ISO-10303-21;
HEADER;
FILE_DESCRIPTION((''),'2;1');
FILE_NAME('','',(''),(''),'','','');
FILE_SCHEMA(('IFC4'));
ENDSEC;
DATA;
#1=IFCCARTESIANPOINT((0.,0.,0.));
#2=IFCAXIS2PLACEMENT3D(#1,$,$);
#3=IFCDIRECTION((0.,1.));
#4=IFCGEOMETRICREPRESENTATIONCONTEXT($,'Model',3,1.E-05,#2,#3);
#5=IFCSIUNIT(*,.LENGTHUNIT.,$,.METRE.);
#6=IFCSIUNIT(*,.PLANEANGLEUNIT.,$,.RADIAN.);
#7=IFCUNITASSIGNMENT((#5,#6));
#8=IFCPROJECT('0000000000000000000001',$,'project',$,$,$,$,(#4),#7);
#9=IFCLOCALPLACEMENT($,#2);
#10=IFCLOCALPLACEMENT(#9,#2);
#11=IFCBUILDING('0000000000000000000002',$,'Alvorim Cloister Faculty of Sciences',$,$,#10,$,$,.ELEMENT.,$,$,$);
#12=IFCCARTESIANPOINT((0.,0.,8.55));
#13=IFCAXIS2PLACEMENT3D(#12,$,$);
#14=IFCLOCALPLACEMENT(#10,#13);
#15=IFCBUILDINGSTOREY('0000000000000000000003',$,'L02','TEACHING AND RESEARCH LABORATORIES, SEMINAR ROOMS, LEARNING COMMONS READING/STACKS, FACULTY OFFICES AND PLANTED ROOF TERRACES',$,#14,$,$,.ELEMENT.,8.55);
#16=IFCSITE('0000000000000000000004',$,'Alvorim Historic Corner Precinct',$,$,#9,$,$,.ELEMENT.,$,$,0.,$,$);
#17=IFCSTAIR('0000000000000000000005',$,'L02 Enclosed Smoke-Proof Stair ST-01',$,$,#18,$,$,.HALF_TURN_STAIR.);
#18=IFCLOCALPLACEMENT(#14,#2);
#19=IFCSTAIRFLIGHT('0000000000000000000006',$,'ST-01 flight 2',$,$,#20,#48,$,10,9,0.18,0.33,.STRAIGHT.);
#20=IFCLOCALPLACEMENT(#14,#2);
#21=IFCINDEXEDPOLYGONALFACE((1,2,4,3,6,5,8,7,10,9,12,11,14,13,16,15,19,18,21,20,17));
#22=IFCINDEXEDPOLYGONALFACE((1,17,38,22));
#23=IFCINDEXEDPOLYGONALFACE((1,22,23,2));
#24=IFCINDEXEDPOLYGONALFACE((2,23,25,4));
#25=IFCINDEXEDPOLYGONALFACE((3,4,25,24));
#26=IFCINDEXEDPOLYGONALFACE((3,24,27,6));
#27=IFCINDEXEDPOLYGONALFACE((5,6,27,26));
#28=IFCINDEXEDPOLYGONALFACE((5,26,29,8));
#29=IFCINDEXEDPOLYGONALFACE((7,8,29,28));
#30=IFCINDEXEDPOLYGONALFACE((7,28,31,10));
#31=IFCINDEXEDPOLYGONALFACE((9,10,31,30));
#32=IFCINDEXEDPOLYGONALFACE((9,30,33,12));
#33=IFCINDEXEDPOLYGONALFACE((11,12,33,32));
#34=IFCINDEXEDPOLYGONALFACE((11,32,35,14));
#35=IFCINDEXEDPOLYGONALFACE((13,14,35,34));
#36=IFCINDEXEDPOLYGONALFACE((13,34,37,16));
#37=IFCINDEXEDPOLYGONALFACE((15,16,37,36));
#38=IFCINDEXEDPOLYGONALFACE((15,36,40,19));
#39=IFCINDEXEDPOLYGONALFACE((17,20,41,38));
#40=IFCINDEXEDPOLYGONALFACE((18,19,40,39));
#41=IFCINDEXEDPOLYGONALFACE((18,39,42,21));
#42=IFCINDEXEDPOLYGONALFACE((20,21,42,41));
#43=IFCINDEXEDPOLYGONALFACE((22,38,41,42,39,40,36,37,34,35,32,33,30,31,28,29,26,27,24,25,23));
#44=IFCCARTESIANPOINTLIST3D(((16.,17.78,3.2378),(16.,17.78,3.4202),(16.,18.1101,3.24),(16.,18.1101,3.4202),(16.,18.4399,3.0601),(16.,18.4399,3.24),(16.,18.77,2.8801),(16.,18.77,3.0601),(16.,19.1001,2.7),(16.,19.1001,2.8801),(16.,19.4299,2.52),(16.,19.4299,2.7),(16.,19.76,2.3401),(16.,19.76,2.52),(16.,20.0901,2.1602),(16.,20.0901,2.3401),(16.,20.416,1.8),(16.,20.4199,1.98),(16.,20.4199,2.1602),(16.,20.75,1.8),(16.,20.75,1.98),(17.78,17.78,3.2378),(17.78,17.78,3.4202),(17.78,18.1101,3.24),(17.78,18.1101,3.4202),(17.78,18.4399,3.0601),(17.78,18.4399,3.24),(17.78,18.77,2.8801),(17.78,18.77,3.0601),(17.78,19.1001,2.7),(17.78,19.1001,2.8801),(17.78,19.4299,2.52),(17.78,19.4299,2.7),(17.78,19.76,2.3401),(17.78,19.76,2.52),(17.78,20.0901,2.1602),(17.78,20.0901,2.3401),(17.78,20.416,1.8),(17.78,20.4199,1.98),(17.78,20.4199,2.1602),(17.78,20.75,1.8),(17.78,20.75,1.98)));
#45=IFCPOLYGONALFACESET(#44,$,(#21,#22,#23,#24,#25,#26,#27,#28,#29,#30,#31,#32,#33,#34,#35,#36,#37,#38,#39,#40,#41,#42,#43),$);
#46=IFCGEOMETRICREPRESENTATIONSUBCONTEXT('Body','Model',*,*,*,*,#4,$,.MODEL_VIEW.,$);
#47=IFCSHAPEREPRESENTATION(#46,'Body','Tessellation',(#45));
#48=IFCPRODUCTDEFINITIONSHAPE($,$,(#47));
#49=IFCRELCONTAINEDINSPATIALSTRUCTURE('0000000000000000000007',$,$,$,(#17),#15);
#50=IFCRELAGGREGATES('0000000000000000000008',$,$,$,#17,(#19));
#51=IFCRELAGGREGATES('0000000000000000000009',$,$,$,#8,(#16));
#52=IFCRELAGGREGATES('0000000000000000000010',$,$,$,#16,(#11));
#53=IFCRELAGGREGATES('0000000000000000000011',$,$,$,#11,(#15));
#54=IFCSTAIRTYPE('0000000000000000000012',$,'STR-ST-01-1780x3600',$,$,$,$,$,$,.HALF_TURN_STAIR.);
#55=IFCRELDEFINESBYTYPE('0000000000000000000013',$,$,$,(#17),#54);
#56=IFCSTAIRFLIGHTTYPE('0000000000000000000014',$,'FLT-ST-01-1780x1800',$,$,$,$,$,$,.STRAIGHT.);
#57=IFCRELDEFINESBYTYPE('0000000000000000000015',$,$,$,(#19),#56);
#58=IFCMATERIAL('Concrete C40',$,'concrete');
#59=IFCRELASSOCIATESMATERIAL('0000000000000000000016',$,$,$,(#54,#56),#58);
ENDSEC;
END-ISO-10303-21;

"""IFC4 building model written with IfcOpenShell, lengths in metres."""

from ifc_helpers import new_model, si_unit, direction, frame, origin, place, context, subcontext, project, spatial, polyline, outline, extrude, material, type_object, element, aggregate, save


model = new_model("IFC4")

# Units and contexts
model_context = context("Model", 3, precision=1e-05, world=origin(), true_north=direction((0.0, 1.0)))
body_context = subcontext(model_context, "Body", "Model", "MODEL_VIEW")
ifc_project = project(units=[si_unit("LENGTHUNIT", "METRE"), si_unit("PLANEANGLEUNIT", "RADIAN")], contexts=[model_context])

# Site, building, storey
site_placement = place(None, origin())
site = spatial("IfcSite", under=ifc_project, at=site_placement, Name="Alvorim Historic Corner Precinct", CompositionType="ELEMENT", RefElevation=0.0)
building_placement = place(site_placement, origin())
building = spatial("IfcBuilding", under=site, at=building_placement, Name="Alvorim Cloister Faculty of Sciences", CompositionType="ELEMENT")
storey_placement = place(building_placement, frame((0.0, 0.0, 8.55)))
storey = spatial("IfcBuildingStorey", under=building, at=storey_placement, Name="L02", Description="TEACHING AND RESEARCH LABORATORIES, SEMINAR ROOMS, LEARNING COMMONS READING/STACKS, FACULTY OFFICES AND PLANTED ROOF TERRACES", CompositionType="ELEMENT", Elevation=8.55)

# Shared definitions
ifc_material_1 = material(Name="Concrete C40", Category="concrete")

# Stair, stair flight
stair_type = type_object("IfcStairType", Name="STR-ST-01-1780x3600", PredefinedType="HALF_TURN_STAIR", material=ifc_material_1)
stair_placement = place(storey_placement, origin())
stair = element("IfcStair", 1, at=stair_placement, inside=storey, type_object=stair_type, Name="L02 Enclosed Smoke-Proof Stair ST-01", PredefinedType="HALF_TURN_STAIR")
stair_flight_type = type_object("IfcStairFlightType", Name="FLT-ST-01-1780x1800", PredefinedType="STRAIGHT", material=ifc_material_1)
stair_flight_placement = place(storey_placement, frame((16.8899, 20.75, 1.8), z_axis=(0.0, 0.0, 1.0), x_axis=(0.0, -1.0, 0.0)))
stair_flight = element("IfcStairFlight", 2, at=stair_flight_placement, type_object=stair_flight_type, Name="ST-01 flight 2", NumberOfRisers=10, NumberOfTreads=9, PredefinedType="STRAIGHT", RiserHeight=0.18, TreadLength=0.33, context=body_context, shape_type="SweptSolid", body=[
    extrude(outline(polyline([(0.334, 0.0), (2.97, 1.4377), (2.97, 1.8), (2.97, 1.6201), (2.6399, 1.6201), (2.6399, 1.4399), (2.3101, 1.4399), (2.3101, 1.26), (1.98, 1.26), (1.98, 1.0801), (1.6499, 1.0801), (1.6499, 0.8999), (1.3201, 0.8999), (1.3201, 0.72), (0.99, 0.72), (0.99, 0.54), (0.6599, 0.54), (0.6599, 0.3601), (0.3301, 0.3601), (0.3301, 0.1799), (0.0, 0.1799), (0.0, 0.0), (0.334, 0.0)])), frame((0.0, 0.8901, 0.0), z_axis=(0.0, -1.0, 0.0), x_axis=(1.0, 0.0, 0.0)), (0.0, 0.0, 1.0), 1.78),
])
aggregate(stair, [stair_flight])

save(model, "model.ifc")
